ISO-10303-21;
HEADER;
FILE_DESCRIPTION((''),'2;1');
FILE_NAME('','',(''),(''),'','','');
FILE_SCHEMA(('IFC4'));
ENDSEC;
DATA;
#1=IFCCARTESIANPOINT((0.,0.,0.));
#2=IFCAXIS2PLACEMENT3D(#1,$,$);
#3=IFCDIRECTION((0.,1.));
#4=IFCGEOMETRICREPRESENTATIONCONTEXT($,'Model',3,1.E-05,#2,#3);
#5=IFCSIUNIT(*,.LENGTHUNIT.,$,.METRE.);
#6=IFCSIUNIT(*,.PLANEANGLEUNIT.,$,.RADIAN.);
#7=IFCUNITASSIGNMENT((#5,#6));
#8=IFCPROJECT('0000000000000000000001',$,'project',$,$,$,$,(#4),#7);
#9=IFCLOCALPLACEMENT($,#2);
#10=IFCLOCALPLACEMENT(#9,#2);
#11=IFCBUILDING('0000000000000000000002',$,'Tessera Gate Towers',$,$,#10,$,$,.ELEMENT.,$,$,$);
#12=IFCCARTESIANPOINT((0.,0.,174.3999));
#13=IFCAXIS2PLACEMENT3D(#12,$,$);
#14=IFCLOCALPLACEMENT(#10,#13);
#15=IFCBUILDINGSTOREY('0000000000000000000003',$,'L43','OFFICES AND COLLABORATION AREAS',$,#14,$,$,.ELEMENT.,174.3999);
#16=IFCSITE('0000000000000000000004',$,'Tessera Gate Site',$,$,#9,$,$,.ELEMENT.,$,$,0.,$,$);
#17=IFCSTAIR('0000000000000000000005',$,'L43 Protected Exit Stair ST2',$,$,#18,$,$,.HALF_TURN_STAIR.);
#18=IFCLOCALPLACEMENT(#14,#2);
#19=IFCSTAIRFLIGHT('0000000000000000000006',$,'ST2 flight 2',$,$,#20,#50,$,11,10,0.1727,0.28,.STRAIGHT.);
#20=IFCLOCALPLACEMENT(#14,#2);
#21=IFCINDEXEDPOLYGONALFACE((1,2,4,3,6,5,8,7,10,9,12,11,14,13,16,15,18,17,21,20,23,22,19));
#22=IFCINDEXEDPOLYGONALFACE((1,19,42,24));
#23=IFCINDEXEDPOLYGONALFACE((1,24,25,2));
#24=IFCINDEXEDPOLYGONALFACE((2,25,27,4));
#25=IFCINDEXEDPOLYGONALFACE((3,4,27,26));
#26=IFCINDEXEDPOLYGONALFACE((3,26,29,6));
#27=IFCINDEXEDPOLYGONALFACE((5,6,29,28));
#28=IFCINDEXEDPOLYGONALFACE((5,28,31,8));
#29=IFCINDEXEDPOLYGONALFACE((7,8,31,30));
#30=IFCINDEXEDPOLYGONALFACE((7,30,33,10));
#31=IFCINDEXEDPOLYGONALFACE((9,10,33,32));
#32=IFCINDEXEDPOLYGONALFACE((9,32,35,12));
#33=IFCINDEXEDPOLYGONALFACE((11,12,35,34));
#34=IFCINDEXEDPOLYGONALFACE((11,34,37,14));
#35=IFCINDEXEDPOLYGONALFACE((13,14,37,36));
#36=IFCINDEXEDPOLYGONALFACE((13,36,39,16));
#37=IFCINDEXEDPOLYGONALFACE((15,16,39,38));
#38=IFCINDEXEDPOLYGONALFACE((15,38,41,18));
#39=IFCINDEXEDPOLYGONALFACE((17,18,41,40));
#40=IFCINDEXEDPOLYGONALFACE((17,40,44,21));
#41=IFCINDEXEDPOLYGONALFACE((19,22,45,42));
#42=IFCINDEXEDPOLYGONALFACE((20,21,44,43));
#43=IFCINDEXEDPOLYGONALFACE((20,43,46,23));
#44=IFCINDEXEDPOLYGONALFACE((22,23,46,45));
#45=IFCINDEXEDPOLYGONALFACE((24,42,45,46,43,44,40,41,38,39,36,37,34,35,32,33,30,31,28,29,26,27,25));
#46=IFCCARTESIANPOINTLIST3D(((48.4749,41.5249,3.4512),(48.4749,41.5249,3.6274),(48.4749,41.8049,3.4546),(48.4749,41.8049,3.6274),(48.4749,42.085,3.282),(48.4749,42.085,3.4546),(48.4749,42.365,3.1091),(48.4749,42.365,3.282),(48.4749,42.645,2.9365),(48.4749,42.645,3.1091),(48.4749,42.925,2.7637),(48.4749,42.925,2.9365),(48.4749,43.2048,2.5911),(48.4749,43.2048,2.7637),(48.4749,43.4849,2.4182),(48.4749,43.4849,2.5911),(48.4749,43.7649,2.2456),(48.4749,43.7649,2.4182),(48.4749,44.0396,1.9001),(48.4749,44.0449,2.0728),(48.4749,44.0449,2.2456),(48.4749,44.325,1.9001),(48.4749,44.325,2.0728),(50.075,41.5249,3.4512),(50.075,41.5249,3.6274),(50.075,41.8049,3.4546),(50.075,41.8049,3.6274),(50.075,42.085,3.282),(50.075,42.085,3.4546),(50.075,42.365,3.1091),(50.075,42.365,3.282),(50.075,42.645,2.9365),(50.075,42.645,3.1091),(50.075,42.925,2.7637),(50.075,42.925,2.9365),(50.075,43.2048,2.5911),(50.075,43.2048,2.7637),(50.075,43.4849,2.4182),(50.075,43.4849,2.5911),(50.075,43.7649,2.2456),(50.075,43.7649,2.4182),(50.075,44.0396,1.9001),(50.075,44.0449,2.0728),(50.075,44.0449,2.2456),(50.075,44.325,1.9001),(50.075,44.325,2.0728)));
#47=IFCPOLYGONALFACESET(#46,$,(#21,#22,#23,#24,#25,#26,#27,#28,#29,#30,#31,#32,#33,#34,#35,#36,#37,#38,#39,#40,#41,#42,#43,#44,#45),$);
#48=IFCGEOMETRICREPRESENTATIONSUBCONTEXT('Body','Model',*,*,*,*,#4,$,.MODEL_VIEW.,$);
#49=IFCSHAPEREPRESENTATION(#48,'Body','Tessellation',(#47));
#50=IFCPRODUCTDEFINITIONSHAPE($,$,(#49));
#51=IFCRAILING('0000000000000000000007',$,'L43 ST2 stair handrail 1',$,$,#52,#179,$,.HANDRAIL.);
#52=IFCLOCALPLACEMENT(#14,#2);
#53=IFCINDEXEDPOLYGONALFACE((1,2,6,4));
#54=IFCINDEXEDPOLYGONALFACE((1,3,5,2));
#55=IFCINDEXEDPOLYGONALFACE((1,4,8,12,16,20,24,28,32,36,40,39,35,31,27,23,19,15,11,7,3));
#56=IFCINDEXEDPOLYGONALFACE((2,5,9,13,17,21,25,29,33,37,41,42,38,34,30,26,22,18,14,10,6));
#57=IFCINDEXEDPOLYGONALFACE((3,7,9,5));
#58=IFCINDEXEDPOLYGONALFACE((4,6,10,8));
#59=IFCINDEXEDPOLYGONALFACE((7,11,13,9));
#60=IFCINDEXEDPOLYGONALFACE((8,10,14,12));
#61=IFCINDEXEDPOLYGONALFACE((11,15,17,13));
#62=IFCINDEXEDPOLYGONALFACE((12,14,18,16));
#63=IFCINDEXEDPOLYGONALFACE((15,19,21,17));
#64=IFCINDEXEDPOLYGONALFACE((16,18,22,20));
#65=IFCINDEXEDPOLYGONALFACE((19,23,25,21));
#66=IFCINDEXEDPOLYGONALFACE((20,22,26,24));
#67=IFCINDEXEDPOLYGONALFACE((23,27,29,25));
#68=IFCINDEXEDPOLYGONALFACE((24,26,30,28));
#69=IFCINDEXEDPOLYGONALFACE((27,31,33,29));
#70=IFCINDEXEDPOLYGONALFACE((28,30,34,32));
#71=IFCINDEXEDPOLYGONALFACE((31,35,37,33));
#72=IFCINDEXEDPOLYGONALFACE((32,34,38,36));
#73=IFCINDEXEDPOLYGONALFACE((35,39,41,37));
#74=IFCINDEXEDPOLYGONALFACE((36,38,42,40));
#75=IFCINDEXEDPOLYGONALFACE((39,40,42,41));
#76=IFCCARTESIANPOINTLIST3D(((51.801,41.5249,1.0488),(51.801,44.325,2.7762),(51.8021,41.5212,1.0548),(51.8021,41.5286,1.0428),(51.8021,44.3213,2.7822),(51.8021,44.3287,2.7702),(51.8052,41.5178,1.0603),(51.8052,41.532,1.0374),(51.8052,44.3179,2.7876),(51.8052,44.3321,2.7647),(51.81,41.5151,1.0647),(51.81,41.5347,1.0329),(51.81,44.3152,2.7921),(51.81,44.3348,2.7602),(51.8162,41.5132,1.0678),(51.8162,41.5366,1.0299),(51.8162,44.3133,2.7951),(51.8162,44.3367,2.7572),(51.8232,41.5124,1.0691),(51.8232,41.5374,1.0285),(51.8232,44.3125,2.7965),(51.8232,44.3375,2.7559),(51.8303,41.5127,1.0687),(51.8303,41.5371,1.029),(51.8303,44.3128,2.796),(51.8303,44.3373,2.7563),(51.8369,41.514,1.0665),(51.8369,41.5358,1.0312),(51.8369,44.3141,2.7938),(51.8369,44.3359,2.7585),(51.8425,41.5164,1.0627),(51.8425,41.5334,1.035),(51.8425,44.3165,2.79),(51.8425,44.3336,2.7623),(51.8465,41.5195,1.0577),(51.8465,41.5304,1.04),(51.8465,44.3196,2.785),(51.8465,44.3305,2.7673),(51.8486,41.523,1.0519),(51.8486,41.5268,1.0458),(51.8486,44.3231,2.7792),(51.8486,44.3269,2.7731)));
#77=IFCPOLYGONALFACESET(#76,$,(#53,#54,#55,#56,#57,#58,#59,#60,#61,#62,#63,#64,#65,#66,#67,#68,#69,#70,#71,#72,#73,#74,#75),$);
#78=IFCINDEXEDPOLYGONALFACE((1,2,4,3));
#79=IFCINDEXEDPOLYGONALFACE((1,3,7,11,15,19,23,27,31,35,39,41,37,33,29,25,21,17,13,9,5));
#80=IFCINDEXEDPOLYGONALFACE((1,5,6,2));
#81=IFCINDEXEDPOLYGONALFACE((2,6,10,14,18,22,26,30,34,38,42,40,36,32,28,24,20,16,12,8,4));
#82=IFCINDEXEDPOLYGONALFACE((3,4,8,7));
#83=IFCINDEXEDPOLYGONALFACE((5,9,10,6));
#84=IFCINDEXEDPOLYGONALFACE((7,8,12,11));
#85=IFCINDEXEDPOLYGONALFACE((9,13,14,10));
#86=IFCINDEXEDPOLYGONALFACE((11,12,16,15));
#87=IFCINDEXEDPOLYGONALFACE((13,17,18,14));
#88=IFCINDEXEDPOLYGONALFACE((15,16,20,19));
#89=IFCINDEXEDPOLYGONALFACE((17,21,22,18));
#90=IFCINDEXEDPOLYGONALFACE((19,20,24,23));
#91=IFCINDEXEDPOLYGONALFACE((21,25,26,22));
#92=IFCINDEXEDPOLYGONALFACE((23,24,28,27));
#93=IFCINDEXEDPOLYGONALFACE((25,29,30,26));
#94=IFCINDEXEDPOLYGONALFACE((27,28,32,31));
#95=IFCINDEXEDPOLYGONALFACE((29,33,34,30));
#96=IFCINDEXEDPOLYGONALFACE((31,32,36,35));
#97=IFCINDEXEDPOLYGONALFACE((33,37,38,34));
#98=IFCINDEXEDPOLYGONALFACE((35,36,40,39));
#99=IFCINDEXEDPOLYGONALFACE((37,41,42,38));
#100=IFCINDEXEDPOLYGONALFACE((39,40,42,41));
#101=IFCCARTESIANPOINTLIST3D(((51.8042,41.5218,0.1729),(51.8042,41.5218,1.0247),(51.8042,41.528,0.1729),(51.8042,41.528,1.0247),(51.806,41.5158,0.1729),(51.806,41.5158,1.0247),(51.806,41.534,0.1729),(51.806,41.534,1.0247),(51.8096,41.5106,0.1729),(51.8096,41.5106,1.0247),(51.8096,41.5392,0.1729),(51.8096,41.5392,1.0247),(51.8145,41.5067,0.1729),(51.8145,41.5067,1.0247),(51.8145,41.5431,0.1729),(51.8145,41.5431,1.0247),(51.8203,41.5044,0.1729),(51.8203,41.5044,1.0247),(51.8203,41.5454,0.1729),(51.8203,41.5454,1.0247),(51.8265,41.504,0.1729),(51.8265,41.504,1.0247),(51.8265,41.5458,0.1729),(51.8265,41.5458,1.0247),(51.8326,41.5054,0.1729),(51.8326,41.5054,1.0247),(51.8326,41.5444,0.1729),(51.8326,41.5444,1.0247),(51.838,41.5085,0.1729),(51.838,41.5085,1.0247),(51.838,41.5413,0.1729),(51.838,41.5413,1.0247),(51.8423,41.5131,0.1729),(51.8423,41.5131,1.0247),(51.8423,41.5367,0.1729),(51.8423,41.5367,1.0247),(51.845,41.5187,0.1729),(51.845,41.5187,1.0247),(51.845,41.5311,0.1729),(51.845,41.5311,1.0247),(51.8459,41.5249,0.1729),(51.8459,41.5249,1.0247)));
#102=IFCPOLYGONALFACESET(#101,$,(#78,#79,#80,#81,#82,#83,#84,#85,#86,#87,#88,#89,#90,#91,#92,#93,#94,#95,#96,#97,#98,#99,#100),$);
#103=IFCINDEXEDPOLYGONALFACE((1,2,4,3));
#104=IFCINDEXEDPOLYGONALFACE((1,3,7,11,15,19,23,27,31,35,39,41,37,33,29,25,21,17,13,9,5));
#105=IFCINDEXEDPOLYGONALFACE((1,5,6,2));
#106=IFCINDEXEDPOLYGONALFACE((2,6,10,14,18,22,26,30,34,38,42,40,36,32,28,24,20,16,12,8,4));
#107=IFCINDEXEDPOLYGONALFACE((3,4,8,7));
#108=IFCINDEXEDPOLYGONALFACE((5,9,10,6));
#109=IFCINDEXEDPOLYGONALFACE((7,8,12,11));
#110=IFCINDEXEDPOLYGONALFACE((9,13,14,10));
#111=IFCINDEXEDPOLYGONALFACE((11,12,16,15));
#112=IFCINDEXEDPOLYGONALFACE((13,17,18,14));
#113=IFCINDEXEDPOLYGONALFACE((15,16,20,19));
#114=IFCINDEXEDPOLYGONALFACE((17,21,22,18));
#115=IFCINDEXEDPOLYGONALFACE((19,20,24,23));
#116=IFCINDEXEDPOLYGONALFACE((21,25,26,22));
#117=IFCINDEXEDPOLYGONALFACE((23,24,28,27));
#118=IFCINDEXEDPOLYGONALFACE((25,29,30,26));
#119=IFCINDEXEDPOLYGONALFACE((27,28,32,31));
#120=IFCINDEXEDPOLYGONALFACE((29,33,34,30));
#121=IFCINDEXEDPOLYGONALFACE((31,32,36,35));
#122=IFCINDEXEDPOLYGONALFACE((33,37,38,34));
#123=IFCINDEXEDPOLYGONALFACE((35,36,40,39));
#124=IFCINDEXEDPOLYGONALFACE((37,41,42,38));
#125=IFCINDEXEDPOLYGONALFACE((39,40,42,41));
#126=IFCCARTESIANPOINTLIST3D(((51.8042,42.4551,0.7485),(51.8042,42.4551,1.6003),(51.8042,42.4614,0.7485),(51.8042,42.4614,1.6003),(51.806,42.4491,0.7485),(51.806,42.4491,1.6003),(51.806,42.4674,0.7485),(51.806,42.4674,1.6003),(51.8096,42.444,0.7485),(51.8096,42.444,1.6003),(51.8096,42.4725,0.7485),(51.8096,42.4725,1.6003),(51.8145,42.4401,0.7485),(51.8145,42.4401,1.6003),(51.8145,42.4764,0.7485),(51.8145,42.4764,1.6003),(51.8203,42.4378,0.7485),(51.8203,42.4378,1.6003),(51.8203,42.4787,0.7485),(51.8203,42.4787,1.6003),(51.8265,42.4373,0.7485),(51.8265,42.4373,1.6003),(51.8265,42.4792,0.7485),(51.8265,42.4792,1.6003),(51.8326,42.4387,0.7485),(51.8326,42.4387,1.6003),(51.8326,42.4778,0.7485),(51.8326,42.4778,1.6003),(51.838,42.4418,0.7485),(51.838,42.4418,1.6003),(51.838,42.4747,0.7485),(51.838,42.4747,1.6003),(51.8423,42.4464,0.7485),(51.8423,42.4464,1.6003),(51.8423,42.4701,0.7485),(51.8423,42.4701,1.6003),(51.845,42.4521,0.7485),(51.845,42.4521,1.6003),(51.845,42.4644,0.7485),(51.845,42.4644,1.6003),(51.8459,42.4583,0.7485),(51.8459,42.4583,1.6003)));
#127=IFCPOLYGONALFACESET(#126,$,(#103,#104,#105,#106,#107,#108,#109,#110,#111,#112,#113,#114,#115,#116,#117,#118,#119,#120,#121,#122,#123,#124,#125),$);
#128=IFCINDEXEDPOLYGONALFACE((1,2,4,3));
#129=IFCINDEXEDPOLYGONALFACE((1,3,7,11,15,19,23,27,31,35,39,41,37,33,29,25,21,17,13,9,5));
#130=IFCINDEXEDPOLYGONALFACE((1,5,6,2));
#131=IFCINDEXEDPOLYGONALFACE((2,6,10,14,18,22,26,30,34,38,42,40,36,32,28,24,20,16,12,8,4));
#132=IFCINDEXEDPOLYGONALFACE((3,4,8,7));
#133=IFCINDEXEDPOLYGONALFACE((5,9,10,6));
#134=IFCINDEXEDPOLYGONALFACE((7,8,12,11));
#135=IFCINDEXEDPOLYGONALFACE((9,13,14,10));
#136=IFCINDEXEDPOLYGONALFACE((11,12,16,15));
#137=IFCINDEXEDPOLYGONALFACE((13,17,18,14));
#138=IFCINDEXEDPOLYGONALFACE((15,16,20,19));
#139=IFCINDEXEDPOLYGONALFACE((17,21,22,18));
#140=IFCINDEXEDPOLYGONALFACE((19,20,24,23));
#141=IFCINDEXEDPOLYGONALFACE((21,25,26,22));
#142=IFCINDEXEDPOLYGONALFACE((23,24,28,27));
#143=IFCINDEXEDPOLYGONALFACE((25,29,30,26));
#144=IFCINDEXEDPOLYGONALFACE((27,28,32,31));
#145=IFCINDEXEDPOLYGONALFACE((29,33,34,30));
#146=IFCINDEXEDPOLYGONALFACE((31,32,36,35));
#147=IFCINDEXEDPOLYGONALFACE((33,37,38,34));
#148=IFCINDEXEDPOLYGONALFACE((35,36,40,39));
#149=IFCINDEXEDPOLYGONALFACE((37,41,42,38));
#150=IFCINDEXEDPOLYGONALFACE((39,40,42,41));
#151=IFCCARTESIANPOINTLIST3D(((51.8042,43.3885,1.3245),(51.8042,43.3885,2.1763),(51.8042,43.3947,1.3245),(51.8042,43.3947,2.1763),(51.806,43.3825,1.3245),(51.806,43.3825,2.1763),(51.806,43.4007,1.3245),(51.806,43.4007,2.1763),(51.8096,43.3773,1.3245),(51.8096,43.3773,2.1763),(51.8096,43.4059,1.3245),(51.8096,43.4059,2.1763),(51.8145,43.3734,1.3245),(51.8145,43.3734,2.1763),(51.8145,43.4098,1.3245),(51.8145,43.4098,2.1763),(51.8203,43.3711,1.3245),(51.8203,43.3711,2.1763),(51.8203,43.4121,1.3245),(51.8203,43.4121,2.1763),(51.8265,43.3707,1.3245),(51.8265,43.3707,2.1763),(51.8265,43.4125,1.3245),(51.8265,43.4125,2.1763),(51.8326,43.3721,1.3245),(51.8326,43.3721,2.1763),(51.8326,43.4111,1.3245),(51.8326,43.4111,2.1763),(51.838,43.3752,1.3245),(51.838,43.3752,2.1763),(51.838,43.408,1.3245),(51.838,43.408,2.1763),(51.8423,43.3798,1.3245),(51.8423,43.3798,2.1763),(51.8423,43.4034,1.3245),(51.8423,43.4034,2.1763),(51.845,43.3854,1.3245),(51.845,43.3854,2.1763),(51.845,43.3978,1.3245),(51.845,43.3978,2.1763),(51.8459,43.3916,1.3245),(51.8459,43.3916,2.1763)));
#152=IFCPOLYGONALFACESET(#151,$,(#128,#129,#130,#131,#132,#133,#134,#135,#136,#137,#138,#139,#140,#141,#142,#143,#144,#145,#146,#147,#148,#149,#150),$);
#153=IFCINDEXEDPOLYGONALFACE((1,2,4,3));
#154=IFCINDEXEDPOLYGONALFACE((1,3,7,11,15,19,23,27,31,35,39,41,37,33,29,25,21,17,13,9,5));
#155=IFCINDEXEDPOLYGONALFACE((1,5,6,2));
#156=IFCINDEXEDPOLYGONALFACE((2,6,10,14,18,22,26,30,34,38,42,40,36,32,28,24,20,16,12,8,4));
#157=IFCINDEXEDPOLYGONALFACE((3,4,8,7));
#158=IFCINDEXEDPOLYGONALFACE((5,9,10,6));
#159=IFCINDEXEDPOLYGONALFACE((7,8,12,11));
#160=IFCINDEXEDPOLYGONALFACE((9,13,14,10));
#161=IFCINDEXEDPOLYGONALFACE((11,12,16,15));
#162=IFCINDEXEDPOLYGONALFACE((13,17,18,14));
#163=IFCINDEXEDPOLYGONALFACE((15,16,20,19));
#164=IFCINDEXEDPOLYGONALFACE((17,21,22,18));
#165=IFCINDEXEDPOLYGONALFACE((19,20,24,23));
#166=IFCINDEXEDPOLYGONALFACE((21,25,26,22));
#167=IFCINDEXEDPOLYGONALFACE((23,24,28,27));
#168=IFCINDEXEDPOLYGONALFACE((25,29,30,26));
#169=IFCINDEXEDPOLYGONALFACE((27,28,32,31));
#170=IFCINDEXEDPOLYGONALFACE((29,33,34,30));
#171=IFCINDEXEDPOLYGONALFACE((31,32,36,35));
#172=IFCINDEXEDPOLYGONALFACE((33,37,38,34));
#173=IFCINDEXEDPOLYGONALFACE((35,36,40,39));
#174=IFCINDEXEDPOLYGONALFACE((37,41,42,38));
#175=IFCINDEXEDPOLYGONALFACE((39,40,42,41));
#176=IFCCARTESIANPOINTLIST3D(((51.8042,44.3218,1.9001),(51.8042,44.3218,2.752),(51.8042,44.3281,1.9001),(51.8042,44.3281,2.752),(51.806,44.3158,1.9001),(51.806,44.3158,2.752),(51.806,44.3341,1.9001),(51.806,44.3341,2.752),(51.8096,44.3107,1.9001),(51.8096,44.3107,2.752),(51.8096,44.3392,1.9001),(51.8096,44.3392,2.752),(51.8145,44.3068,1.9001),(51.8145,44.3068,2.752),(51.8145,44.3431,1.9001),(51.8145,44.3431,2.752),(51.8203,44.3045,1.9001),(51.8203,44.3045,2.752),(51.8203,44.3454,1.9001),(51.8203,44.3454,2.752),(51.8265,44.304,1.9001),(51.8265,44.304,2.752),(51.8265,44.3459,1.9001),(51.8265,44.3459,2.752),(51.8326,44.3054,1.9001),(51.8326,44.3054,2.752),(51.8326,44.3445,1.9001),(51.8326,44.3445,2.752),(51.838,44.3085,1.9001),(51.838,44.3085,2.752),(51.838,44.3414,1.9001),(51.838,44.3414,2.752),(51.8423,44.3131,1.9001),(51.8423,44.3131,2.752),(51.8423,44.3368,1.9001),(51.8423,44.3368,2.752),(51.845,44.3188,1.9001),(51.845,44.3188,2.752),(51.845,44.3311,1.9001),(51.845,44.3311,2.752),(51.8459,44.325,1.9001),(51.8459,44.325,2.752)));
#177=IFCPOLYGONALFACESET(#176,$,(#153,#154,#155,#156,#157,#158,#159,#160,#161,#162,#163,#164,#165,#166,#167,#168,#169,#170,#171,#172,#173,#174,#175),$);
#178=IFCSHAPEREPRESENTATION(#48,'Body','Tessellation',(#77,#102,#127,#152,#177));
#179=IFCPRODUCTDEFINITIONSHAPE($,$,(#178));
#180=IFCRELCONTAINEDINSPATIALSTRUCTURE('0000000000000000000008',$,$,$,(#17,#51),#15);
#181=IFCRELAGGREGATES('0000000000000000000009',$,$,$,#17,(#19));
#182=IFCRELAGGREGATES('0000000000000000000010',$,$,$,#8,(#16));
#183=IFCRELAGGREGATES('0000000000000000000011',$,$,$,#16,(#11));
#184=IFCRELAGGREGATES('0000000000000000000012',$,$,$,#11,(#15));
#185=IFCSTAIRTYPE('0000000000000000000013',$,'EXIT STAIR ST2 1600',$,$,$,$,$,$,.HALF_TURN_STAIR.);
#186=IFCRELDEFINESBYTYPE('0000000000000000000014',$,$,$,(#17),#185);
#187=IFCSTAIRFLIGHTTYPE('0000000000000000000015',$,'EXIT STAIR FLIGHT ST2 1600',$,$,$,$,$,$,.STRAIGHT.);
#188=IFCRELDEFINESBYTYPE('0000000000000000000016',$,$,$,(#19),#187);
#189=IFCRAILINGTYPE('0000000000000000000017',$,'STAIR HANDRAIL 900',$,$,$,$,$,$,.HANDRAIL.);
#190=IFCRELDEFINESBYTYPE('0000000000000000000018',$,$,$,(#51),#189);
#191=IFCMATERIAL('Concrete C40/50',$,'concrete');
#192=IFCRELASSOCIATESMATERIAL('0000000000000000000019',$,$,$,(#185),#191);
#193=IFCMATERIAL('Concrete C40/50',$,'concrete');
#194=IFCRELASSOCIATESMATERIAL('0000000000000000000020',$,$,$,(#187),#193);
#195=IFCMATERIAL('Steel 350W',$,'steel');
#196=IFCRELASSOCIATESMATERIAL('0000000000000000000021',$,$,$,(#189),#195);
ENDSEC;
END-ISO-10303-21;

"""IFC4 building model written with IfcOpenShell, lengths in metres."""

from ifc_helpers import new_model, si_unit, direction, frame, origin, origin_2d, place, context, subcontext, project, spatial, polyline, circle, outline, extrude, material, type_object, element, aggregate, save


model = new_model("IFC4")

# Units and contexts
model_context = context("Model", 3, precision=1e-05, world=origin(), true_north=direction((0.0, 1.0)))
body_context = subcontext(model_context, "Body", "Model", "MODEL_VIEW")
ifc_project = project(units=[si_unit("LENGTHUNIT", "METRE"), si_unit("PLANEANGLEUNIT", "RADIAN")], contexts=[model_context])

# Site, building, storey
site_placement = place(None, origin())
site = spatial("IfcSite", under=ifc_project, at=site_placement, Name="Tessera Gate Site", CompositionType="ELEMENT", RefElevation=0.0)
building_placement = place(site_placement, origin())
building = spatial("IfcBuilding", under=site, at=building_placement, Name="Tessera Gate Towers", CompositionType="ELEMENT")
storey_placement = place(building_placement, frame((0.0, 0.0, 174.3999)))
storey = spatial("IfcBuildingStorey", under=building, at=storey_placement, Name="L43", Description="OFFICES AND COLLABORATION AREAS", CompositionType="ELEMENT", Elevation=174.3999)

# Stair, stair flight
ifc_material_1 = material(Name="Concrete C40/50", Category="concrete")
stair_type = type_object("IfcStairType", Name="EXIT STAIR ST2 1600", PredefinedType="HALF_TURN_STAIR", material=ifc_material_1)
stair_placement = place(storey_placement, origin())
stair = element("IfcStair", 1, at=stair_placement, inside=storey, type_object=stair_type, Name="L43 Protected Exit Stair ST2", PredefinedType="HALF_TURN_STAIR")
ifc_material_2 = material(Name="Concrete C40/50", Category="concrete")
stair_flight_type = type_object("IfcStairFlightType", Name="EXIT STAIR FLIGHT ST2 1600", PredefinedType="STRAIGHT", material=ifc_material_2)
stair_flight_1_placement = place(storey_placement, frame((49.2749, 44.325, 1.9001), z_axis=(0.0, 0.0, 1.0), x_axis=(0.0, -1.0, 0.0)))
stair_flight_1 = element("IfcStairFlight", 2, at=stair_flight_1_placement, type_object=stair_flight_type, Name="ST2 flight 2", NumberOfRisers=11, NumberOfTreads=10, PredefinedType="STRAIGHT", RiserHeight=0.1727, TreadLength=0.28, context=body_context, shape_type="SweptSolid", body=[
    extrude(outline(polyline([(0.0, 0.0), (0.0, 0.1726), (0.28, 0.1726), (0.28, 0.3455), (0.5601, 0.3455), (0.5601, 0.5181), (0.8401, 0.5181), (0.8401, 0.6909), (1.1201, 0.6909), (1.1201, 0.8635), (1.3999, 0.8635), (1.3999, 1.0364), (1.6799, 1.0364), (1.6799, 1.209), (1.96, 1.209), (1.96, 1.3818), (2.24, 1.3818), (2.24, 1.5544), (2.52, 1.5544), (2.52, 1.7273), (2.8, 1.7273), (2.8, 1.8999), (2.8, 1.551), (0.2854, 0.0), (0.0, 0.0)])), frame((0.0, 0.8, 0.0), z_axis=(0.0, -1.0, 0.0), x_axis=(1.0, 0.0, 0.0)), (0.0, 0.0, 1.0), 1.6001),
])
aggregate(stair, [stair_flight_1])

# Railing
ifc_material_3 = material(Name="Steel 350W", Category="steel")
railing_type_1 = type_object("IfcRailingType", Name="STAIR HANDRAIL 900", PredefinedType="HANDRAIL", material=ifc_material_3)
railing_1_placement = place(storey_placement, frame((51.825, 41.5249, 0.1729)))
element("IfcRailing", 3, at=railing_1_placement, inside=storey, type_object=railing_type_1, Name="L43 ST2 stair handrail 1", PredefinedType="HANDRAIL", context=body_context, shape_type="SweptSolid", body=[
    extrude(circle(Radius=0.0239, at=origin_2d()), frame((0.0, 0.0, 0.876), z_axis=(0.0, 0.85109, 0.52502), x_axis=(-1.0, 0.0, 0.0)), (0.0, 0.0, 1.0), 3.29),
    extrude(circle(Radius=0.021, at=origin_2d()), origin(), (0.0, 0.0, 1.0), 0.8518),
    extrude(circle(Radius=0.021, at=origin_2d()), frame((0.0, 0.9333, 0.5757)), (0.0, 0.0, 1.0), 0.8518),
    extrude(circle(Radius=0.021, at=origin_2d()), frame((0.0, 1.8667, 1.1516)), (0.0, 0.0, 1.0), 0.8518),
    extrude(circle(Radius=0.021, at=origin_2d()), frame((0.0, 2.8, 1.7273)), (0.0, 0.0, 1.0), 0.8518),
])

save(model, "model.ifc")
